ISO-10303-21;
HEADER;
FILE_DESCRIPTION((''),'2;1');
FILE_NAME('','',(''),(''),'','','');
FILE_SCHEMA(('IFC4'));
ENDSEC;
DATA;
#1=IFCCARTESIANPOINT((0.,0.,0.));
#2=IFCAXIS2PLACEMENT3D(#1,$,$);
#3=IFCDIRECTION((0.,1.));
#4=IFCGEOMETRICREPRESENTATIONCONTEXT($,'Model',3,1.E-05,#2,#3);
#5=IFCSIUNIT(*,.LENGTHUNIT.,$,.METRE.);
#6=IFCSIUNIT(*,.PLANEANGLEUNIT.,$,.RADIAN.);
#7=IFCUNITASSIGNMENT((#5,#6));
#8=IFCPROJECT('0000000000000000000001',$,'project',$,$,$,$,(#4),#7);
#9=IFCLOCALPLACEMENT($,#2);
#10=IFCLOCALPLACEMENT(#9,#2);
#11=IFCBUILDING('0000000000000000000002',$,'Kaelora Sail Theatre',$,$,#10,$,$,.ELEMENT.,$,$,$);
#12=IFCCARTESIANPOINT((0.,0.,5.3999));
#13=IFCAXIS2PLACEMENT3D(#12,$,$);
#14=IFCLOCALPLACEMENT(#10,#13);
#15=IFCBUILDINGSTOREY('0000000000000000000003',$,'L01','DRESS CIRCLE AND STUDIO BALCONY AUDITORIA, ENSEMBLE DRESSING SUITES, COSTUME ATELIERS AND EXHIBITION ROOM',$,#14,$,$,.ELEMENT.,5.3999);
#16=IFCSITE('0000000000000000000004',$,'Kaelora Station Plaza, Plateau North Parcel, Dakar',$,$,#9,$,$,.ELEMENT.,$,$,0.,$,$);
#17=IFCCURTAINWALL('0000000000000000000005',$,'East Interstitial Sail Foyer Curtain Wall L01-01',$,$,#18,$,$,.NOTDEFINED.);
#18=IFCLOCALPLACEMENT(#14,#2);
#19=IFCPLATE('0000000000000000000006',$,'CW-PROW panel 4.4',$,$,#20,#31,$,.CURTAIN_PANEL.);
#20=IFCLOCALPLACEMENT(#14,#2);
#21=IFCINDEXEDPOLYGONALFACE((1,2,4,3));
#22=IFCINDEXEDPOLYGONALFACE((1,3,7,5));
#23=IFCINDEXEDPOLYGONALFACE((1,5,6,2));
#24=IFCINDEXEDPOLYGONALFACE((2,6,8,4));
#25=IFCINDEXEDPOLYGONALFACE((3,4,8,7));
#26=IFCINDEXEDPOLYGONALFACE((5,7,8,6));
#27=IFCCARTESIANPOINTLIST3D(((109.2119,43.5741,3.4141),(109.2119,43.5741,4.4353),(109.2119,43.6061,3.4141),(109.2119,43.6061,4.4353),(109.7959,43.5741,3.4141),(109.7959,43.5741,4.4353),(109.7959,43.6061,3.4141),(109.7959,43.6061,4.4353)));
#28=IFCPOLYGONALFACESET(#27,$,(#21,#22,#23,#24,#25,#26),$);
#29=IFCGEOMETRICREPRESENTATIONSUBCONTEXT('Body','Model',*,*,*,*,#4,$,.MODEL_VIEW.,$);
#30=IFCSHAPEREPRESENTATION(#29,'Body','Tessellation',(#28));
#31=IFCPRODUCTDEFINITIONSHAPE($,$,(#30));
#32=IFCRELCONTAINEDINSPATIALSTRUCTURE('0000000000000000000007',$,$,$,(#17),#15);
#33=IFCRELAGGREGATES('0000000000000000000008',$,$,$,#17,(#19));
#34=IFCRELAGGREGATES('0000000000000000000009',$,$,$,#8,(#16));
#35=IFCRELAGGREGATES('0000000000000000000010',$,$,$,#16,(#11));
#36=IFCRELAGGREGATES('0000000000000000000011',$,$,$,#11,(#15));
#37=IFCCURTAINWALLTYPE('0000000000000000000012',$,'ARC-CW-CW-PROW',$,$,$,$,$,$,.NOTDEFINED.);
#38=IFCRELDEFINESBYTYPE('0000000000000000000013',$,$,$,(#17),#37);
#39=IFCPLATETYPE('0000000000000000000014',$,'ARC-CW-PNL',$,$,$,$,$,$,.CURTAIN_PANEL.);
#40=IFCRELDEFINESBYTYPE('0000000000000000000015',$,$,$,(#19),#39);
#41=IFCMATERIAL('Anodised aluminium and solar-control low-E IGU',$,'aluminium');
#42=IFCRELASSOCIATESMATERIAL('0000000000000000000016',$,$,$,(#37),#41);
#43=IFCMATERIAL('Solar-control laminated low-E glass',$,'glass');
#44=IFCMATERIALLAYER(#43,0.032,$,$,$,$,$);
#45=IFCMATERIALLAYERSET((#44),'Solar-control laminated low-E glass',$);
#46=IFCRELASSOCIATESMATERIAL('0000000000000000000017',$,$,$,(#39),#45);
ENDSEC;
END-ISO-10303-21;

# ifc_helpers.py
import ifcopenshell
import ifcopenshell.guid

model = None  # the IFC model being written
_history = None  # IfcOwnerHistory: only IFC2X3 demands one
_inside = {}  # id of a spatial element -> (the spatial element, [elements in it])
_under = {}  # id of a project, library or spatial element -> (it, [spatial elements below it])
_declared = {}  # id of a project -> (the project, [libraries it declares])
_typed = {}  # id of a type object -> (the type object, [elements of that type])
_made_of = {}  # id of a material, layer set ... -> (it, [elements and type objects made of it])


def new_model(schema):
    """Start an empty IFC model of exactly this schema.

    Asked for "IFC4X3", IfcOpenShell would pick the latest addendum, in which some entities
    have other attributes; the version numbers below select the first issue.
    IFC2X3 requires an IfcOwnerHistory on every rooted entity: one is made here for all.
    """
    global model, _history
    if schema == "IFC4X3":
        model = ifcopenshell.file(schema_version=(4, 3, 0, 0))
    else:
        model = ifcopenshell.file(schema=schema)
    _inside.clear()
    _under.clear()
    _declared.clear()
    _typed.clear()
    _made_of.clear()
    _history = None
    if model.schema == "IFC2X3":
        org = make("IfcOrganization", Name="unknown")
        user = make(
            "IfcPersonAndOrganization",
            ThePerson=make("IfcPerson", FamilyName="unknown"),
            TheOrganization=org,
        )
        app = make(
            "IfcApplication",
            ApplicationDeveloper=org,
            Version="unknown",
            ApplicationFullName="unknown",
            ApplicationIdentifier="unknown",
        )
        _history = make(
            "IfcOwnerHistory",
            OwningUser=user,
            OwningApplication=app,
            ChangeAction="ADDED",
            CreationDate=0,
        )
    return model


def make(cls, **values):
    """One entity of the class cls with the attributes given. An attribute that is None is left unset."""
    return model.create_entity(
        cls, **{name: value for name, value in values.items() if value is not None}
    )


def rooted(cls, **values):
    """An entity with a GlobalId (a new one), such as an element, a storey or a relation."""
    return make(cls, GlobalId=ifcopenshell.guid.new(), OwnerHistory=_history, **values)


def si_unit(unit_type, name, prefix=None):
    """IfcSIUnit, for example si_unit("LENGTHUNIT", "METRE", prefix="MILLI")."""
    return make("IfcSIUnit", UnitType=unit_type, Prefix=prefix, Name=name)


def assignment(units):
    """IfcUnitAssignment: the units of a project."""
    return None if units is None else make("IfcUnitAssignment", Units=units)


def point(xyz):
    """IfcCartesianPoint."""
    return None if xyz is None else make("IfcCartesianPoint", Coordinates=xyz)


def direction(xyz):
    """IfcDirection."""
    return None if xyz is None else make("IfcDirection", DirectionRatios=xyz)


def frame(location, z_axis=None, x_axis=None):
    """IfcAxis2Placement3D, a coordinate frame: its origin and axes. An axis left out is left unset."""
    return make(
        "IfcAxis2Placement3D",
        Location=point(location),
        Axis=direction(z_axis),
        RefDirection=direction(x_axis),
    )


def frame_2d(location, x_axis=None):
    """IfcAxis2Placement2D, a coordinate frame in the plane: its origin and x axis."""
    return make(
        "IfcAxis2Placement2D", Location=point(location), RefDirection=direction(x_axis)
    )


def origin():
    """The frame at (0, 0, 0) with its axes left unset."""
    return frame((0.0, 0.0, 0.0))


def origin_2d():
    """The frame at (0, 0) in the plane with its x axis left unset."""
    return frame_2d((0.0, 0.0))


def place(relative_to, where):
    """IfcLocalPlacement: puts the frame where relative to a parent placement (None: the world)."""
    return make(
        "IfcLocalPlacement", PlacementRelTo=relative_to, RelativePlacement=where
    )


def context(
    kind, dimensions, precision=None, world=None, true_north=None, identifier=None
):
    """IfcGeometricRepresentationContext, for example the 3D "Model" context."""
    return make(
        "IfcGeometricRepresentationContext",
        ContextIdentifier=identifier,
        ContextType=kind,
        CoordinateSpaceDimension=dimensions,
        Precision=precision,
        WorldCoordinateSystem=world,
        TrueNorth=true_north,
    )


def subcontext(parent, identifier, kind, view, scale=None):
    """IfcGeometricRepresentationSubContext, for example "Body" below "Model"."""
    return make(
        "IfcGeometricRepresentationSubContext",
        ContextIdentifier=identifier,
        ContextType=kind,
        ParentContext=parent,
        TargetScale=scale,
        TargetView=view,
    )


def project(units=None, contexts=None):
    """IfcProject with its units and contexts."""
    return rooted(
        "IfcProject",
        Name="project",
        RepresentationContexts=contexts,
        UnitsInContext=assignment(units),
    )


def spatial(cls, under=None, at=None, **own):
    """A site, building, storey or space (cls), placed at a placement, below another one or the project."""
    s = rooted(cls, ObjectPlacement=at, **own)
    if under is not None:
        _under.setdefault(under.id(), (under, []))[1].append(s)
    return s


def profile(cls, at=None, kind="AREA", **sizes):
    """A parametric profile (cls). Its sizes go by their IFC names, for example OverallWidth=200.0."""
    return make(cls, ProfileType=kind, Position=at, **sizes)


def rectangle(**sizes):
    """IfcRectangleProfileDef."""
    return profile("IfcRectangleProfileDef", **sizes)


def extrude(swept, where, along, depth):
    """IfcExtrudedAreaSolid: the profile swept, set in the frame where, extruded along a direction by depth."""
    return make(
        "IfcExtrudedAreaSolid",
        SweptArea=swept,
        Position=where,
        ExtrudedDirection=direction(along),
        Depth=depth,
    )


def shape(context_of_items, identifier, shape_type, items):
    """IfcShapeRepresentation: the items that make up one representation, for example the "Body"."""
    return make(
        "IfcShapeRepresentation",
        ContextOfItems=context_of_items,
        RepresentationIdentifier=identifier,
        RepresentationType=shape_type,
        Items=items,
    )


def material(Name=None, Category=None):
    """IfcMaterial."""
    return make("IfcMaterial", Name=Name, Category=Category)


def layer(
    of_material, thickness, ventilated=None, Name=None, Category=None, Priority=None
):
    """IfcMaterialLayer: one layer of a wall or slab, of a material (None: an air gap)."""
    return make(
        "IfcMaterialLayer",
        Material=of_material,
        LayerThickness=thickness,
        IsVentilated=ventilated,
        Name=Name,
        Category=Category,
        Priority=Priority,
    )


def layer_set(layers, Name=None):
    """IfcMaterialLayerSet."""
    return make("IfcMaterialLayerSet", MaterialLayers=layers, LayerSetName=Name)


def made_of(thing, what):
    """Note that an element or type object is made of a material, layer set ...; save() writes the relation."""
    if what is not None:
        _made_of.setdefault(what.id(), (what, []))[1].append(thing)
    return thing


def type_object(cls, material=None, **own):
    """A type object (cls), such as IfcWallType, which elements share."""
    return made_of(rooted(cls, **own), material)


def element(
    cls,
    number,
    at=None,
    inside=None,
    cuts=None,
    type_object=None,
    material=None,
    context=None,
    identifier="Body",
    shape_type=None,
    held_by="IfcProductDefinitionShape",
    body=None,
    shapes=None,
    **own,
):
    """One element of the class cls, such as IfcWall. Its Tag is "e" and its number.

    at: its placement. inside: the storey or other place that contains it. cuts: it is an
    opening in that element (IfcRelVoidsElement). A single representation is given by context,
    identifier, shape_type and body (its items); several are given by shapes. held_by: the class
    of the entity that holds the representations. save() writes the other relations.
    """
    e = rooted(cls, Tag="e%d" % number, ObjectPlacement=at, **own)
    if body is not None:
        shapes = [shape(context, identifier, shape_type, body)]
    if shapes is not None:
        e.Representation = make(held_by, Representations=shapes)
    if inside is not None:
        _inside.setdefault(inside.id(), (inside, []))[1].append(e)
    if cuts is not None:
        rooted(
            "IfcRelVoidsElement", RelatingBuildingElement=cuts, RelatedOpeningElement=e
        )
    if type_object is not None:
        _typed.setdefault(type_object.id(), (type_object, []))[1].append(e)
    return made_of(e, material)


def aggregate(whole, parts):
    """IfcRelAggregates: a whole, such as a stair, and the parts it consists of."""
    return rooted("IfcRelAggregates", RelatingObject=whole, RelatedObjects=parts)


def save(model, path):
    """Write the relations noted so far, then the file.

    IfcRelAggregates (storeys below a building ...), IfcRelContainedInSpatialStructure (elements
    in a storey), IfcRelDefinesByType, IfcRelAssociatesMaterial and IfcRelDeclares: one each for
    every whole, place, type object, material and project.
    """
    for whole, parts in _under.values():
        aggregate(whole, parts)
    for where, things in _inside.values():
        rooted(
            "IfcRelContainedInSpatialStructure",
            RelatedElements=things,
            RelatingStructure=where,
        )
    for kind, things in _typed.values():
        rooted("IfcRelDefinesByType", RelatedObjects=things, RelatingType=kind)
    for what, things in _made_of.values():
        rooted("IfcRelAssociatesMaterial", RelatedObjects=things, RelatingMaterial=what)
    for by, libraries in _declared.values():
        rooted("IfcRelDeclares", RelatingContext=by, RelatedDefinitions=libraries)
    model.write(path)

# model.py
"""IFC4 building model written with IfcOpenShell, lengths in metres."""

from ifc_helpers import new_model, si_unit, direction, frame, origin, origin_2d, place, context, subcontext, project, spatial, rectangle, extrude, material, layer, layer_set, type_object, element, aggregate, save


model = new_model("IFC4")

# Units and contexts
model_context = context("Model", 3, precision=1e-05, world=origin(), true_north=direction((0.0, 1.0)))
body_context = subcontext(model_context, "Body", "Model", "MODEL_VIEW")
ifc_project = project(units=[si_unit("LENGTHUNIT", "METRE"), si_unit("PLANEANGLEUNIT", "RADIAN")], contexts=[model_context])

# Site, building, storey
site_placement = place(None, origin())
site = spatial("IfcSite", under=ifc_project, at=site_placement, Name="Kaelora Station Plaza, Plateau North Parcel, Dakar", CompositionType="ELEMENT", RefElevation=0.0)
building_placement = place(site_placement, origin())
building = spatial("IfcBuilding", under=site, at=building_placement, Name="Kaelora Sail Theatre", CompositionType="ELEMENT")
storey_placement = place(building_placement, frame((0.0, 0.0, 5.3999)))
storey = spatial("IfcBuildingStorey", under=building, at=storey_placement, Name="L01", Description="DRESS CIRCLE AND STUDIO BALCONY AUDITORIA, ENSEMBLE DRESSING SUITES, COSTUME ATELIERS AND EXHIBITION ROOM", CompositionType="ELEMENT", Elevation=5.3999)

# Curtain wall, plate
ifc_material_1 = material(Name="Anodised aluminium and solar-control low-E IGU", Category="aluminium")
curtain_wall_type = type_object("IfcCurtainWallType", Name="ARC-CW-CW-PROW", PredefinedType="NOTDEFINED", material=ifc_material_1)
curtain_wall_placement = place(storey_placement, origin())
curtain_wall = element("IfcCurtainWall", 1, at=curtain_wall_placement, inside=storey, type_object=curtain_wall_type, Name="East Interstitial Sail Foyer Curtain Wall L01-01", PredefinedType="NOTDEFINED")
ifc_material_2 = material(Name="Solar-control laminated low-E glass", Category="glass")
ifc_layer = layer(ifc_material_2, 0.032)
ifc_layer_set = layer_set([ifc_layer], Name="Solar-control laminated low-E glass")
plate_type = type_object("IfcPlateType", Name="ARC-CW-PNL", PredefinedType="CURTAIN_PANEL", material=ifc_layer_set)
plate_1_placement = place(storey_placement, frame((109.5039, 43.5901, 3.4141), z_axis=(0.0, 0.0, 1.0), x_axis=(1.0, 0.0, 0.0)))
plate_1 = element("IfcPlate", 2, at=plate_1_placement, type_object=plate_type, Name="CW-PROW panel 4.4", PredefinedType="CURTAIN_PANEL", context=body_context, shape_type="SweptSolid", body=[
    extrude(rectangle(XDim=0.584, YDim=0.032, at=origin_2d()), origin(), (0.0, 0.0, 1.0), 1.0212),
])
aggregate(curtain_wall, [plate_1])

save(model, "model.ifc")
